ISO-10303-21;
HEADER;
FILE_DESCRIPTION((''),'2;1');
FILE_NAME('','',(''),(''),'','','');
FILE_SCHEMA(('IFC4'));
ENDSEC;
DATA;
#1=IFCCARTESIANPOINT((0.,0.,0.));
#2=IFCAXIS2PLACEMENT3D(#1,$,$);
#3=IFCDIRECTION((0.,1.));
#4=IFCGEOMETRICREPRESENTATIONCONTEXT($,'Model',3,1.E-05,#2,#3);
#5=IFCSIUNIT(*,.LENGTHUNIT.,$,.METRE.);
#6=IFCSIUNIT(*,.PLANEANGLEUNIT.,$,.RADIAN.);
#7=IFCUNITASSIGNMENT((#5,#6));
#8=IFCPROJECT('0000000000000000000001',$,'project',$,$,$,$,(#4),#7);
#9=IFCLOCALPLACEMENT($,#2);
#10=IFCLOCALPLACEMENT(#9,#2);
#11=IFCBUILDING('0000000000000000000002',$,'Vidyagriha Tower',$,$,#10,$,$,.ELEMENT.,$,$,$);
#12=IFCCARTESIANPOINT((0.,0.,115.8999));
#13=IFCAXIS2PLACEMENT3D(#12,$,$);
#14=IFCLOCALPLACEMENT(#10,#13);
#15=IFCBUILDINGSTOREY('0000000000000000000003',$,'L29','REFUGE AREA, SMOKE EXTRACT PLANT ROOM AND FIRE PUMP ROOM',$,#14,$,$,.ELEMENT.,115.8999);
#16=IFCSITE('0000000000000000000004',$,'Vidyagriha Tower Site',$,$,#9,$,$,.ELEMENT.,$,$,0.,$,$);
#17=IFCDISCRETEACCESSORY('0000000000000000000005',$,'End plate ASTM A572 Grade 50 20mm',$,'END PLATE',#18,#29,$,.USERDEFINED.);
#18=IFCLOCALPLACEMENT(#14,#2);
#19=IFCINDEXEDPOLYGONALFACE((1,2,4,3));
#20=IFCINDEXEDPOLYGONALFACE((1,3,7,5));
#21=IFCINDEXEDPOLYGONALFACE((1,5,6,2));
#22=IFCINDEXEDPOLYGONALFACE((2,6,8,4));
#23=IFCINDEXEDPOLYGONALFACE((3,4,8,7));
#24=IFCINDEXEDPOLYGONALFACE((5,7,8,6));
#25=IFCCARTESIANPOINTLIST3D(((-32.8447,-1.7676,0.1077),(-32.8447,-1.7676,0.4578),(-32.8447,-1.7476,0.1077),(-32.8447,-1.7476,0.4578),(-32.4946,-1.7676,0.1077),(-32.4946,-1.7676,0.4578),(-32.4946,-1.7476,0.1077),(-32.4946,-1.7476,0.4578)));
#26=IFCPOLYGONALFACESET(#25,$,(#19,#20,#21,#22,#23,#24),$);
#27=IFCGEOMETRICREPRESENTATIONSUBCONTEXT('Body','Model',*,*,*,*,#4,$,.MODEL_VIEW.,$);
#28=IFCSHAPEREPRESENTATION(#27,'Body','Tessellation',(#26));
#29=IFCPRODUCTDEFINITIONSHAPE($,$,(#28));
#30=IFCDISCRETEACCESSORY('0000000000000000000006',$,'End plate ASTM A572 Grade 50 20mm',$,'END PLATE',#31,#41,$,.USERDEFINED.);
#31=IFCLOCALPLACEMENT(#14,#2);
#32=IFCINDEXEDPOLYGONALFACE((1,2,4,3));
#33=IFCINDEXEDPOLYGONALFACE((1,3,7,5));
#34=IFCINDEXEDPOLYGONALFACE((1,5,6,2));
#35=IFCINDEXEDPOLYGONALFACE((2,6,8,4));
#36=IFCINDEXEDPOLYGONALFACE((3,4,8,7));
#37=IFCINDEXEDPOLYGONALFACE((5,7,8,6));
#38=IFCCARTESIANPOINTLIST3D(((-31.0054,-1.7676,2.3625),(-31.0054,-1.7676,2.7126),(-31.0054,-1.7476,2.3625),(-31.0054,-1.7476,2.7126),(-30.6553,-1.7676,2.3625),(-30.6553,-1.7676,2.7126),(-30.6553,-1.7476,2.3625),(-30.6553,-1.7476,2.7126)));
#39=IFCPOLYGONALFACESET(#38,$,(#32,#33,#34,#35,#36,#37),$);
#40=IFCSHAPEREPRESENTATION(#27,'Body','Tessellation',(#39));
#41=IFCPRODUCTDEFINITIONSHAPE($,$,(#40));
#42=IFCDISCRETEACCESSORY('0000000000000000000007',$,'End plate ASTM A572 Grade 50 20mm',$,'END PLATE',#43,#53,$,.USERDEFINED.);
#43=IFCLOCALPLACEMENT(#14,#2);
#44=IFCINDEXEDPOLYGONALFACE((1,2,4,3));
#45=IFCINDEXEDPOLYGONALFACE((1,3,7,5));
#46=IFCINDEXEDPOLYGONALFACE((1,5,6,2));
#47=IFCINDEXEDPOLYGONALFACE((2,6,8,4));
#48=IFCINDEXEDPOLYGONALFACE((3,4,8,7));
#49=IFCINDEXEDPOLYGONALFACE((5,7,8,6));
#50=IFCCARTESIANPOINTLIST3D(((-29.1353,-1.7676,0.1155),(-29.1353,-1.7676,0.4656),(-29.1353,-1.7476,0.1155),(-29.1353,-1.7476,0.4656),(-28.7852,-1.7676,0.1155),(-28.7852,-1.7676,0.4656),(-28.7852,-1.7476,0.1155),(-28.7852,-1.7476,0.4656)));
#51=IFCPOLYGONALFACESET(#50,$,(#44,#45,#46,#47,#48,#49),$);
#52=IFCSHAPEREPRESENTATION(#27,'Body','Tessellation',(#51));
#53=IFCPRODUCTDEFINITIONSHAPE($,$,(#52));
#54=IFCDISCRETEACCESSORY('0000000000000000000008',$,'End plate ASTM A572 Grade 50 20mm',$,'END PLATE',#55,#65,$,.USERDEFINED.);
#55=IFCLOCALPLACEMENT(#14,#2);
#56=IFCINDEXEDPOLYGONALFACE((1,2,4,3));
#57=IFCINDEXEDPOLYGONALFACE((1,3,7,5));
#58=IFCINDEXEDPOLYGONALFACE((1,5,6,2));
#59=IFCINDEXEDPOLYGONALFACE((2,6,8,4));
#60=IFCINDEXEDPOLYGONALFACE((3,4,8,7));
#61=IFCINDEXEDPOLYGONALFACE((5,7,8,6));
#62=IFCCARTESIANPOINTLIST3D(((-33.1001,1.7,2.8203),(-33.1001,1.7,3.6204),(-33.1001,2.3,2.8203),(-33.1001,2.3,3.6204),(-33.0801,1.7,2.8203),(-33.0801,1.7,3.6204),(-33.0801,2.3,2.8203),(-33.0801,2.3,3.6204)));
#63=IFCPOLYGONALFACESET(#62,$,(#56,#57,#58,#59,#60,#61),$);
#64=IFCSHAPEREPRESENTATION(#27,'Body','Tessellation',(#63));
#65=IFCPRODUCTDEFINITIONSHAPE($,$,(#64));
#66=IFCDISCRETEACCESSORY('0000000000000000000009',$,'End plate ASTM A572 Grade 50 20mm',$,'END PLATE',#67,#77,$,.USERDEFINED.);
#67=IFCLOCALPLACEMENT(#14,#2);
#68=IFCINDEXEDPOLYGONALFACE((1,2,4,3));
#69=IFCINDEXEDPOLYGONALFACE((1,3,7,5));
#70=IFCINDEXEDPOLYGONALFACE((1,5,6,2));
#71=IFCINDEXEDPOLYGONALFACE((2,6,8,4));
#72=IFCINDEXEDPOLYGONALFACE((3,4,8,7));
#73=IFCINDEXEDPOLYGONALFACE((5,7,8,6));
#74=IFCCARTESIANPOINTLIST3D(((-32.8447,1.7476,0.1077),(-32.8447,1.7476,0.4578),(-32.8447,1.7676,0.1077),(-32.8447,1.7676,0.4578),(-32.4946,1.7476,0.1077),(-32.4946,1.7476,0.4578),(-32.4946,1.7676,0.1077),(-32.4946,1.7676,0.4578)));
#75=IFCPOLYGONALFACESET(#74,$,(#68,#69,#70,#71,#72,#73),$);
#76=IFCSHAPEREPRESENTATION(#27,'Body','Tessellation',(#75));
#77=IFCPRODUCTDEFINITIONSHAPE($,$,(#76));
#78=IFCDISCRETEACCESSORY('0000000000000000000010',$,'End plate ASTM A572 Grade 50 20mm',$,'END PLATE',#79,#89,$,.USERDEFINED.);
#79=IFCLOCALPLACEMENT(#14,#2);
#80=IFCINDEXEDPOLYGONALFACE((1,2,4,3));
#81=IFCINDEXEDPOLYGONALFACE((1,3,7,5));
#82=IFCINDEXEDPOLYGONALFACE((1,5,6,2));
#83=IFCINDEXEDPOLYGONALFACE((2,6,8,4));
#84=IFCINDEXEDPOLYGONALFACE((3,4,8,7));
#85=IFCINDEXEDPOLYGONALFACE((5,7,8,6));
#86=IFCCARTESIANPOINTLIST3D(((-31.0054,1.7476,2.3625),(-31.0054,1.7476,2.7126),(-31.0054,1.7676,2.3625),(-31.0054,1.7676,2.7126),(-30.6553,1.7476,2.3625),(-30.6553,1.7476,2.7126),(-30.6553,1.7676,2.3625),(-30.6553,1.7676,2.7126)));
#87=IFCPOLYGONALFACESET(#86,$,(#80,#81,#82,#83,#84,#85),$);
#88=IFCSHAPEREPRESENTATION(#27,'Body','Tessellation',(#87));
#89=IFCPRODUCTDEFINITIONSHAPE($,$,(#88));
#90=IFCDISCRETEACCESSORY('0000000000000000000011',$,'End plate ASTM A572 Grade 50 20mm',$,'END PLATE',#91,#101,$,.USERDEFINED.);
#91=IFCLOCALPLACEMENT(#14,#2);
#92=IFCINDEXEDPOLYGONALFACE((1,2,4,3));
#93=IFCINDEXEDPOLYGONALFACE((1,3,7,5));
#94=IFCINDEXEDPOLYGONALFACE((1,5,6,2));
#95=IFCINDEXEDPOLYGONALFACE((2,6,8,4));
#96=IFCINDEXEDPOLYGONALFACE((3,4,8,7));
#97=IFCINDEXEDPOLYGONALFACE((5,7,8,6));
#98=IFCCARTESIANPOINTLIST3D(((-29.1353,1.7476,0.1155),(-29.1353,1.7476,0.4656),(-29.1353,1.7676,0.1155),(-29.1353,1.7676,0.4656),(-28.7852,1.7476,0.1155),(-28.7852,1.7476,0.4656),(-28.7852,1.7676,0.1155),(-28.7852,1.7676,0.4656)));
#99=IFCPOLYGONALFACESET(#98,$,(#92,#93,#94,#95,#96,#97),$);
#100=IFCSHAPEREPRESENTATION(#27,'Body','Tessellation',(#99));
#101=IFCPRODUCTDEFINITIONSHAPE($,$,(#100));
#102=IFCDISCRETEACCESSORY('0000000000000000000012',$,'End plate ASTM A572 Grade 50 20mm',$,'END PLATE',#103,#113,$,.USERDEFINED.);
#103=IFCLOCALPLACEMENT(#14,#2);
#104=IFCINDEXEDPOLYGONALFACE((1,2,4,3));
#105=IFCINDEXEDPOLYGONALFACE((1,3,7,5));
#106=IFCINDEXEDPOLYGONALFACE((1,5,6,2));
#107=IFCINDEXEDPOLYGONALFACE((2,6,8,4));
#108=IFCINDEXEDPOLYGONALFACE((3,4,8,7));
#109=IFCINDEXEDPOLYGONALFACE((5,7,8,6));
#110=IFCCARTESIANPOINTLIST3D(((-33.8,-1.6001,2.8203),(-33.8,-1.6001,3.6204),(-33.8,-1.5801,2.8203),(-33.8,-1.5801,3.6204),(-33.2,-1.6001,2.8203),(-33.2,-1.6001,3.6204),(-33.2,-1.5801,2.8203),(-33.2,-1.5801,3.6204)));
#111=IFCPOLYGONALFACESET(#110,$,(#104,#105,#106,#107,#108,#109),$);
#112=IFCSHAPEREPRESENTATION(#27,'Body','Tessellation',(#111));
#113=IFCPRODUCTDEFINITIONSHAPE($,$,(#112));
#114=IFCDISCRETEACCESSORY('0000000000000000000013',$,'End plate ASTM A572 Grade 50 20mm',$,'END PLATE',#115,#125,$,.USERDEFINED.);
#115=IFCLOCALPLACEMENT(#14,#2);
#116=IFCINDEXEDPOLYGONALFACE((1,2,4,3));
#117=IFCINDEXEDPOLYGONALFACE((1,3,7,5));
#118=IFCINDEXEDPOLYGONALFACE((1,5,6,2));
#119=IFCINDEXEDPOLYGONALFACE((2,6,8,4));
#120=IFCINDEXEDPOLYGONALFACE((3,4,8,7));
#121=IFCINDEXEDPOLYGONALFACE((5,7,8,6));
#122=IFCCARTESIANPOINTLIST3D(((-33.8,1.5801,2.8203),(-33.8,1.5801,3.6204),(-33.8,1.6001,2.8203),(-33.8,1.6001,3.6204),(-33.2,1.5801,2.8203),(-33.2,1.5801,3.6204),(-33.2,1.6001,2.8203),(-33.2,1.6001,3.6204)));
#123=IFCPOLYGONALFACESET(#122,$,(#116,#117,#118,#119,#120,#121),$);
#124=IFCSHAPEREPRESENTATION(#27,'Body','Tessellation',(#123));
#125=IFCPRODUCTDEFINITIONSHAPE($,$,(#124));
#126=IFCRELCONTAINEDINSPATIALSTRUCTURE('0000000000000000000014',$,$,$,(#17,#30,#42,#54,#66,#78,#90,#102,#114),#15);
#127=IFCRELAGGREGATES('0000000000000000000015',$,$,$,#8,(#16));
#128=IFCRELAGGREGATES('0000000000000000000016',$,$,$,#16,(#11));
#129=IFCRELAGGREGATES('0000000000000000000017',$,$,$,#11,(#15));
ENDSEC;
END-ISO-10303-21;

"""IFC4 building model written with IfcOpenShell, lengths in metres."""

from ifc_helpers import new_model, si_unit, direction, frame, origin, origin_2d, place, context, subcontext, project, spatial, rectangle, extrude, element, save


model = new_model("IFC4")

# Units and contexts
model_context = context("Model", 3, precision=1e-05, world=origin(), true_north=direction((0.0, 1.0)))
body_context = subcontext(model_context, "Body", "Model", "MODEL_VIEW")
ifc_project = project(units=[si_unit("LENGTHUNIT", "METRE"), si_unit("PLANEANGLEUNIT", "RADIAN")], contexts=[model_context])

# Site, building, storey
site_placement = place(None, origin())
site = spatial("IfcSite", under=ifc_project, at=site_placement, Name="Vidyagriha Tower Site", CompositionType="ELEMENT", RefElevation=0.0)
building_placement = place(site_placement, origin())
building = spatial("IfcBuilding", under=site, at=building_placement, Name="Vidyagriha Tower", CompositionType="ELEMENT")
storey_placement = place(building_placement, frame((0.0, 0.0, 115.8999)))
storey = spatial("IfcBuildingStorey", under=building, at=storey_placement, Name="L29", Description="REFUGE AREA, SMOKE EXTRACT PLANT ROOM AND FIRE PUMP ROOM", CompositionType="ELEMENT", Elevation=115.8999)

# Discrete accessories
discrete_accessory_1_placement = place(storey_placement, frame((-32.6697, -1.7576, 0.1077), z_axis=(0.0, 0.0, 1.0), x_axis=(-1.0, 0.0, 0.0)))
element("IfcDiscreteAccessory", 1, at=discrete_accessory_1_placement, inside=storey, Name="End plate ASTM A572 Grade 50 20mm", ObjectType="END PLATE", PredefinedType="USERDEFINED", context=body_context, shape_type="SweptSolid", body=[
    extrude(rectangle(XDim=0.3501, YDim=0.02, at=origin_2d()), origin(), (0.0, 0.0, 1.0), 0.3501),
])
discrete_accessory_2_placement = place(storey_placement, frame((-30.8303, -1.7576, 2.3625)))
element("IfcDiscreteAccessory", 2, at=discrete_accessory_2_placement, inside=storey, Name="End plate ASTM A572 Grade 50 20mm", ObjectType="END PLATE", PredefinedType="USERDEFINED", context=body_context, shape_type="SweptSolid", body=[
    extrude(rectangle(XDim=0.3501, YDim=0.02, at=origin_2d()), origin(), (0.0, 0.0, 1.0), 0.3501),
])
discrete_accessory_3_placement = place(storey_placement, frame((-28.9602, -1.7576, 0.1155), z_axis=(0.0, 0.0, 1.0), x_axis=(-1.0, 0.0, 0.0)))
element("IfcDiscreteAccessory", 3, at=discrete_accessory_3_placement, inside=storey, Name="End plate ASTM A572 Grade 50 20mm", ObjectType="END PLATE", PredefinedType="USERDEFINED", context=body_context, shape_type="SweptSolid", body=[
    extrude(rectangle(XDim=0.3501, YDim=0.02, at=origin_2d()), origin(), (0.0, 0.0, 1.0), 0.3501),
])
discrete_accessory_4_placement = place(storey_placement, frame((-33.0901, 2.0, 2.8203), z_axis=(0.0, 0.0, 1.0), x_axis=(-1.0, 0.0, 0.0)))
element("IfcDiscreteAccessory", 4, at=discrete_accessory_4_placement, inside=storey, Name="End plate ASTM A572 Grade 50 20mm", ObjectType="END PLATE", PredefinedType="USERDEFINED", context=body_context, shape_type="SweptSolid", body=[
    extrude(rectangle(XDim=0.02, YDim=0.6001, at=origin_2d()), origin(), (0.0, 0.0, 1.0), 0.8),
])
discrete_accessory_5_placement = place(storey_placement, frame((-32.6697, 1.7576, 0.1077), z_axis=(0.0, 0.0, 1.0), x_axis=(-1.0, 0.0, 0.0)))
element("IfcDiscreteAccessory", 5, at=discrete_accessory_5_placement, inside=storey, Name="End plate ASTM A572 Grade 50 20mm", ObjectType="END PLATE", PredefinedType="USERDEFINED", context=body_context, shape_type="SweptSolid", body=[
    extrude(rectangle(XDim=0.3501, YDim=0.02, at=origin_2d()), origin(), (0.0, 0.0, 1.0), 0.3501),
])
discrete_accessory_6_placement = place(storey_placement, frame((-30.8303, 1.7576, 2.3625)))
element("IfcDiscreteAccessory", 6, at=discrete_accessory_6_placement, inside=storey, Name="End plate ASTM A572 Grade 50 20mm", ObjectType="END PLATE", PredefinedType="USERDEFINED", context=body_context, shape_type="SweptSolid", body=[
    extrude(rectangle(XDim=0.3501, YDim=0.02, at=origin_2d()), origin(), (0.0, 0.0, 1.0), 0.3501),
])
discrete_accessory_7_placement = place(storey_placement, frame((-28.9602, 1.7576, 0.1155), z_axis=(0.0, 0.0, 1.0), x_axis=(-1.0, 0.0, 0.0)))
element("IfcDiscreteAccessory", 7, at=discrete_accessory_7_placement, inside=storey, Name="End plate ASTM A572 Grade 50 20mm", ObjectType="END PLATE", PredefinedType="USERDEFINED", context=body_context, shape_type="SweptSolid", body=[
    extrude(rectangle(XDim=0.3501, YDim=0.02, at=origin_2d()), origin(), (0.0, 0.0, 1.0), 0.3501),
])
for number, where, z_axis, x_axis, name in (
    (8, (-33.5, -1.5901, 2.8203), (0.0, 0.0, 1.0), (0.0, -1.0, 0.0), "End plate ASTM A572 Grade 50 20mm"),
    (9, (-33.5, 1.5901, 2.8203), (0.0, 0.0, 1.0), (0.0, 1.0, 0.0), "End plate ASTM A572 Grade 50 20mm"),
):
    element("IfcDiscreteAccessory", number, at=place(storey_placement, frame(where, z_axis=z_axis, x_axis=x_axis)), inside=storey, Name=name, ObjectType="END PLATE", PredefinedType="USERDEFINED", context=body_context, shape_type="SweptSolid", body=[
        extrude(rectangle(XDim=0.02, YDim=0.6001, at=origin_2d()), origin(), (0.0, 0.0, 1.0), 0.8),
    ])

save(model, "model.ifc")
